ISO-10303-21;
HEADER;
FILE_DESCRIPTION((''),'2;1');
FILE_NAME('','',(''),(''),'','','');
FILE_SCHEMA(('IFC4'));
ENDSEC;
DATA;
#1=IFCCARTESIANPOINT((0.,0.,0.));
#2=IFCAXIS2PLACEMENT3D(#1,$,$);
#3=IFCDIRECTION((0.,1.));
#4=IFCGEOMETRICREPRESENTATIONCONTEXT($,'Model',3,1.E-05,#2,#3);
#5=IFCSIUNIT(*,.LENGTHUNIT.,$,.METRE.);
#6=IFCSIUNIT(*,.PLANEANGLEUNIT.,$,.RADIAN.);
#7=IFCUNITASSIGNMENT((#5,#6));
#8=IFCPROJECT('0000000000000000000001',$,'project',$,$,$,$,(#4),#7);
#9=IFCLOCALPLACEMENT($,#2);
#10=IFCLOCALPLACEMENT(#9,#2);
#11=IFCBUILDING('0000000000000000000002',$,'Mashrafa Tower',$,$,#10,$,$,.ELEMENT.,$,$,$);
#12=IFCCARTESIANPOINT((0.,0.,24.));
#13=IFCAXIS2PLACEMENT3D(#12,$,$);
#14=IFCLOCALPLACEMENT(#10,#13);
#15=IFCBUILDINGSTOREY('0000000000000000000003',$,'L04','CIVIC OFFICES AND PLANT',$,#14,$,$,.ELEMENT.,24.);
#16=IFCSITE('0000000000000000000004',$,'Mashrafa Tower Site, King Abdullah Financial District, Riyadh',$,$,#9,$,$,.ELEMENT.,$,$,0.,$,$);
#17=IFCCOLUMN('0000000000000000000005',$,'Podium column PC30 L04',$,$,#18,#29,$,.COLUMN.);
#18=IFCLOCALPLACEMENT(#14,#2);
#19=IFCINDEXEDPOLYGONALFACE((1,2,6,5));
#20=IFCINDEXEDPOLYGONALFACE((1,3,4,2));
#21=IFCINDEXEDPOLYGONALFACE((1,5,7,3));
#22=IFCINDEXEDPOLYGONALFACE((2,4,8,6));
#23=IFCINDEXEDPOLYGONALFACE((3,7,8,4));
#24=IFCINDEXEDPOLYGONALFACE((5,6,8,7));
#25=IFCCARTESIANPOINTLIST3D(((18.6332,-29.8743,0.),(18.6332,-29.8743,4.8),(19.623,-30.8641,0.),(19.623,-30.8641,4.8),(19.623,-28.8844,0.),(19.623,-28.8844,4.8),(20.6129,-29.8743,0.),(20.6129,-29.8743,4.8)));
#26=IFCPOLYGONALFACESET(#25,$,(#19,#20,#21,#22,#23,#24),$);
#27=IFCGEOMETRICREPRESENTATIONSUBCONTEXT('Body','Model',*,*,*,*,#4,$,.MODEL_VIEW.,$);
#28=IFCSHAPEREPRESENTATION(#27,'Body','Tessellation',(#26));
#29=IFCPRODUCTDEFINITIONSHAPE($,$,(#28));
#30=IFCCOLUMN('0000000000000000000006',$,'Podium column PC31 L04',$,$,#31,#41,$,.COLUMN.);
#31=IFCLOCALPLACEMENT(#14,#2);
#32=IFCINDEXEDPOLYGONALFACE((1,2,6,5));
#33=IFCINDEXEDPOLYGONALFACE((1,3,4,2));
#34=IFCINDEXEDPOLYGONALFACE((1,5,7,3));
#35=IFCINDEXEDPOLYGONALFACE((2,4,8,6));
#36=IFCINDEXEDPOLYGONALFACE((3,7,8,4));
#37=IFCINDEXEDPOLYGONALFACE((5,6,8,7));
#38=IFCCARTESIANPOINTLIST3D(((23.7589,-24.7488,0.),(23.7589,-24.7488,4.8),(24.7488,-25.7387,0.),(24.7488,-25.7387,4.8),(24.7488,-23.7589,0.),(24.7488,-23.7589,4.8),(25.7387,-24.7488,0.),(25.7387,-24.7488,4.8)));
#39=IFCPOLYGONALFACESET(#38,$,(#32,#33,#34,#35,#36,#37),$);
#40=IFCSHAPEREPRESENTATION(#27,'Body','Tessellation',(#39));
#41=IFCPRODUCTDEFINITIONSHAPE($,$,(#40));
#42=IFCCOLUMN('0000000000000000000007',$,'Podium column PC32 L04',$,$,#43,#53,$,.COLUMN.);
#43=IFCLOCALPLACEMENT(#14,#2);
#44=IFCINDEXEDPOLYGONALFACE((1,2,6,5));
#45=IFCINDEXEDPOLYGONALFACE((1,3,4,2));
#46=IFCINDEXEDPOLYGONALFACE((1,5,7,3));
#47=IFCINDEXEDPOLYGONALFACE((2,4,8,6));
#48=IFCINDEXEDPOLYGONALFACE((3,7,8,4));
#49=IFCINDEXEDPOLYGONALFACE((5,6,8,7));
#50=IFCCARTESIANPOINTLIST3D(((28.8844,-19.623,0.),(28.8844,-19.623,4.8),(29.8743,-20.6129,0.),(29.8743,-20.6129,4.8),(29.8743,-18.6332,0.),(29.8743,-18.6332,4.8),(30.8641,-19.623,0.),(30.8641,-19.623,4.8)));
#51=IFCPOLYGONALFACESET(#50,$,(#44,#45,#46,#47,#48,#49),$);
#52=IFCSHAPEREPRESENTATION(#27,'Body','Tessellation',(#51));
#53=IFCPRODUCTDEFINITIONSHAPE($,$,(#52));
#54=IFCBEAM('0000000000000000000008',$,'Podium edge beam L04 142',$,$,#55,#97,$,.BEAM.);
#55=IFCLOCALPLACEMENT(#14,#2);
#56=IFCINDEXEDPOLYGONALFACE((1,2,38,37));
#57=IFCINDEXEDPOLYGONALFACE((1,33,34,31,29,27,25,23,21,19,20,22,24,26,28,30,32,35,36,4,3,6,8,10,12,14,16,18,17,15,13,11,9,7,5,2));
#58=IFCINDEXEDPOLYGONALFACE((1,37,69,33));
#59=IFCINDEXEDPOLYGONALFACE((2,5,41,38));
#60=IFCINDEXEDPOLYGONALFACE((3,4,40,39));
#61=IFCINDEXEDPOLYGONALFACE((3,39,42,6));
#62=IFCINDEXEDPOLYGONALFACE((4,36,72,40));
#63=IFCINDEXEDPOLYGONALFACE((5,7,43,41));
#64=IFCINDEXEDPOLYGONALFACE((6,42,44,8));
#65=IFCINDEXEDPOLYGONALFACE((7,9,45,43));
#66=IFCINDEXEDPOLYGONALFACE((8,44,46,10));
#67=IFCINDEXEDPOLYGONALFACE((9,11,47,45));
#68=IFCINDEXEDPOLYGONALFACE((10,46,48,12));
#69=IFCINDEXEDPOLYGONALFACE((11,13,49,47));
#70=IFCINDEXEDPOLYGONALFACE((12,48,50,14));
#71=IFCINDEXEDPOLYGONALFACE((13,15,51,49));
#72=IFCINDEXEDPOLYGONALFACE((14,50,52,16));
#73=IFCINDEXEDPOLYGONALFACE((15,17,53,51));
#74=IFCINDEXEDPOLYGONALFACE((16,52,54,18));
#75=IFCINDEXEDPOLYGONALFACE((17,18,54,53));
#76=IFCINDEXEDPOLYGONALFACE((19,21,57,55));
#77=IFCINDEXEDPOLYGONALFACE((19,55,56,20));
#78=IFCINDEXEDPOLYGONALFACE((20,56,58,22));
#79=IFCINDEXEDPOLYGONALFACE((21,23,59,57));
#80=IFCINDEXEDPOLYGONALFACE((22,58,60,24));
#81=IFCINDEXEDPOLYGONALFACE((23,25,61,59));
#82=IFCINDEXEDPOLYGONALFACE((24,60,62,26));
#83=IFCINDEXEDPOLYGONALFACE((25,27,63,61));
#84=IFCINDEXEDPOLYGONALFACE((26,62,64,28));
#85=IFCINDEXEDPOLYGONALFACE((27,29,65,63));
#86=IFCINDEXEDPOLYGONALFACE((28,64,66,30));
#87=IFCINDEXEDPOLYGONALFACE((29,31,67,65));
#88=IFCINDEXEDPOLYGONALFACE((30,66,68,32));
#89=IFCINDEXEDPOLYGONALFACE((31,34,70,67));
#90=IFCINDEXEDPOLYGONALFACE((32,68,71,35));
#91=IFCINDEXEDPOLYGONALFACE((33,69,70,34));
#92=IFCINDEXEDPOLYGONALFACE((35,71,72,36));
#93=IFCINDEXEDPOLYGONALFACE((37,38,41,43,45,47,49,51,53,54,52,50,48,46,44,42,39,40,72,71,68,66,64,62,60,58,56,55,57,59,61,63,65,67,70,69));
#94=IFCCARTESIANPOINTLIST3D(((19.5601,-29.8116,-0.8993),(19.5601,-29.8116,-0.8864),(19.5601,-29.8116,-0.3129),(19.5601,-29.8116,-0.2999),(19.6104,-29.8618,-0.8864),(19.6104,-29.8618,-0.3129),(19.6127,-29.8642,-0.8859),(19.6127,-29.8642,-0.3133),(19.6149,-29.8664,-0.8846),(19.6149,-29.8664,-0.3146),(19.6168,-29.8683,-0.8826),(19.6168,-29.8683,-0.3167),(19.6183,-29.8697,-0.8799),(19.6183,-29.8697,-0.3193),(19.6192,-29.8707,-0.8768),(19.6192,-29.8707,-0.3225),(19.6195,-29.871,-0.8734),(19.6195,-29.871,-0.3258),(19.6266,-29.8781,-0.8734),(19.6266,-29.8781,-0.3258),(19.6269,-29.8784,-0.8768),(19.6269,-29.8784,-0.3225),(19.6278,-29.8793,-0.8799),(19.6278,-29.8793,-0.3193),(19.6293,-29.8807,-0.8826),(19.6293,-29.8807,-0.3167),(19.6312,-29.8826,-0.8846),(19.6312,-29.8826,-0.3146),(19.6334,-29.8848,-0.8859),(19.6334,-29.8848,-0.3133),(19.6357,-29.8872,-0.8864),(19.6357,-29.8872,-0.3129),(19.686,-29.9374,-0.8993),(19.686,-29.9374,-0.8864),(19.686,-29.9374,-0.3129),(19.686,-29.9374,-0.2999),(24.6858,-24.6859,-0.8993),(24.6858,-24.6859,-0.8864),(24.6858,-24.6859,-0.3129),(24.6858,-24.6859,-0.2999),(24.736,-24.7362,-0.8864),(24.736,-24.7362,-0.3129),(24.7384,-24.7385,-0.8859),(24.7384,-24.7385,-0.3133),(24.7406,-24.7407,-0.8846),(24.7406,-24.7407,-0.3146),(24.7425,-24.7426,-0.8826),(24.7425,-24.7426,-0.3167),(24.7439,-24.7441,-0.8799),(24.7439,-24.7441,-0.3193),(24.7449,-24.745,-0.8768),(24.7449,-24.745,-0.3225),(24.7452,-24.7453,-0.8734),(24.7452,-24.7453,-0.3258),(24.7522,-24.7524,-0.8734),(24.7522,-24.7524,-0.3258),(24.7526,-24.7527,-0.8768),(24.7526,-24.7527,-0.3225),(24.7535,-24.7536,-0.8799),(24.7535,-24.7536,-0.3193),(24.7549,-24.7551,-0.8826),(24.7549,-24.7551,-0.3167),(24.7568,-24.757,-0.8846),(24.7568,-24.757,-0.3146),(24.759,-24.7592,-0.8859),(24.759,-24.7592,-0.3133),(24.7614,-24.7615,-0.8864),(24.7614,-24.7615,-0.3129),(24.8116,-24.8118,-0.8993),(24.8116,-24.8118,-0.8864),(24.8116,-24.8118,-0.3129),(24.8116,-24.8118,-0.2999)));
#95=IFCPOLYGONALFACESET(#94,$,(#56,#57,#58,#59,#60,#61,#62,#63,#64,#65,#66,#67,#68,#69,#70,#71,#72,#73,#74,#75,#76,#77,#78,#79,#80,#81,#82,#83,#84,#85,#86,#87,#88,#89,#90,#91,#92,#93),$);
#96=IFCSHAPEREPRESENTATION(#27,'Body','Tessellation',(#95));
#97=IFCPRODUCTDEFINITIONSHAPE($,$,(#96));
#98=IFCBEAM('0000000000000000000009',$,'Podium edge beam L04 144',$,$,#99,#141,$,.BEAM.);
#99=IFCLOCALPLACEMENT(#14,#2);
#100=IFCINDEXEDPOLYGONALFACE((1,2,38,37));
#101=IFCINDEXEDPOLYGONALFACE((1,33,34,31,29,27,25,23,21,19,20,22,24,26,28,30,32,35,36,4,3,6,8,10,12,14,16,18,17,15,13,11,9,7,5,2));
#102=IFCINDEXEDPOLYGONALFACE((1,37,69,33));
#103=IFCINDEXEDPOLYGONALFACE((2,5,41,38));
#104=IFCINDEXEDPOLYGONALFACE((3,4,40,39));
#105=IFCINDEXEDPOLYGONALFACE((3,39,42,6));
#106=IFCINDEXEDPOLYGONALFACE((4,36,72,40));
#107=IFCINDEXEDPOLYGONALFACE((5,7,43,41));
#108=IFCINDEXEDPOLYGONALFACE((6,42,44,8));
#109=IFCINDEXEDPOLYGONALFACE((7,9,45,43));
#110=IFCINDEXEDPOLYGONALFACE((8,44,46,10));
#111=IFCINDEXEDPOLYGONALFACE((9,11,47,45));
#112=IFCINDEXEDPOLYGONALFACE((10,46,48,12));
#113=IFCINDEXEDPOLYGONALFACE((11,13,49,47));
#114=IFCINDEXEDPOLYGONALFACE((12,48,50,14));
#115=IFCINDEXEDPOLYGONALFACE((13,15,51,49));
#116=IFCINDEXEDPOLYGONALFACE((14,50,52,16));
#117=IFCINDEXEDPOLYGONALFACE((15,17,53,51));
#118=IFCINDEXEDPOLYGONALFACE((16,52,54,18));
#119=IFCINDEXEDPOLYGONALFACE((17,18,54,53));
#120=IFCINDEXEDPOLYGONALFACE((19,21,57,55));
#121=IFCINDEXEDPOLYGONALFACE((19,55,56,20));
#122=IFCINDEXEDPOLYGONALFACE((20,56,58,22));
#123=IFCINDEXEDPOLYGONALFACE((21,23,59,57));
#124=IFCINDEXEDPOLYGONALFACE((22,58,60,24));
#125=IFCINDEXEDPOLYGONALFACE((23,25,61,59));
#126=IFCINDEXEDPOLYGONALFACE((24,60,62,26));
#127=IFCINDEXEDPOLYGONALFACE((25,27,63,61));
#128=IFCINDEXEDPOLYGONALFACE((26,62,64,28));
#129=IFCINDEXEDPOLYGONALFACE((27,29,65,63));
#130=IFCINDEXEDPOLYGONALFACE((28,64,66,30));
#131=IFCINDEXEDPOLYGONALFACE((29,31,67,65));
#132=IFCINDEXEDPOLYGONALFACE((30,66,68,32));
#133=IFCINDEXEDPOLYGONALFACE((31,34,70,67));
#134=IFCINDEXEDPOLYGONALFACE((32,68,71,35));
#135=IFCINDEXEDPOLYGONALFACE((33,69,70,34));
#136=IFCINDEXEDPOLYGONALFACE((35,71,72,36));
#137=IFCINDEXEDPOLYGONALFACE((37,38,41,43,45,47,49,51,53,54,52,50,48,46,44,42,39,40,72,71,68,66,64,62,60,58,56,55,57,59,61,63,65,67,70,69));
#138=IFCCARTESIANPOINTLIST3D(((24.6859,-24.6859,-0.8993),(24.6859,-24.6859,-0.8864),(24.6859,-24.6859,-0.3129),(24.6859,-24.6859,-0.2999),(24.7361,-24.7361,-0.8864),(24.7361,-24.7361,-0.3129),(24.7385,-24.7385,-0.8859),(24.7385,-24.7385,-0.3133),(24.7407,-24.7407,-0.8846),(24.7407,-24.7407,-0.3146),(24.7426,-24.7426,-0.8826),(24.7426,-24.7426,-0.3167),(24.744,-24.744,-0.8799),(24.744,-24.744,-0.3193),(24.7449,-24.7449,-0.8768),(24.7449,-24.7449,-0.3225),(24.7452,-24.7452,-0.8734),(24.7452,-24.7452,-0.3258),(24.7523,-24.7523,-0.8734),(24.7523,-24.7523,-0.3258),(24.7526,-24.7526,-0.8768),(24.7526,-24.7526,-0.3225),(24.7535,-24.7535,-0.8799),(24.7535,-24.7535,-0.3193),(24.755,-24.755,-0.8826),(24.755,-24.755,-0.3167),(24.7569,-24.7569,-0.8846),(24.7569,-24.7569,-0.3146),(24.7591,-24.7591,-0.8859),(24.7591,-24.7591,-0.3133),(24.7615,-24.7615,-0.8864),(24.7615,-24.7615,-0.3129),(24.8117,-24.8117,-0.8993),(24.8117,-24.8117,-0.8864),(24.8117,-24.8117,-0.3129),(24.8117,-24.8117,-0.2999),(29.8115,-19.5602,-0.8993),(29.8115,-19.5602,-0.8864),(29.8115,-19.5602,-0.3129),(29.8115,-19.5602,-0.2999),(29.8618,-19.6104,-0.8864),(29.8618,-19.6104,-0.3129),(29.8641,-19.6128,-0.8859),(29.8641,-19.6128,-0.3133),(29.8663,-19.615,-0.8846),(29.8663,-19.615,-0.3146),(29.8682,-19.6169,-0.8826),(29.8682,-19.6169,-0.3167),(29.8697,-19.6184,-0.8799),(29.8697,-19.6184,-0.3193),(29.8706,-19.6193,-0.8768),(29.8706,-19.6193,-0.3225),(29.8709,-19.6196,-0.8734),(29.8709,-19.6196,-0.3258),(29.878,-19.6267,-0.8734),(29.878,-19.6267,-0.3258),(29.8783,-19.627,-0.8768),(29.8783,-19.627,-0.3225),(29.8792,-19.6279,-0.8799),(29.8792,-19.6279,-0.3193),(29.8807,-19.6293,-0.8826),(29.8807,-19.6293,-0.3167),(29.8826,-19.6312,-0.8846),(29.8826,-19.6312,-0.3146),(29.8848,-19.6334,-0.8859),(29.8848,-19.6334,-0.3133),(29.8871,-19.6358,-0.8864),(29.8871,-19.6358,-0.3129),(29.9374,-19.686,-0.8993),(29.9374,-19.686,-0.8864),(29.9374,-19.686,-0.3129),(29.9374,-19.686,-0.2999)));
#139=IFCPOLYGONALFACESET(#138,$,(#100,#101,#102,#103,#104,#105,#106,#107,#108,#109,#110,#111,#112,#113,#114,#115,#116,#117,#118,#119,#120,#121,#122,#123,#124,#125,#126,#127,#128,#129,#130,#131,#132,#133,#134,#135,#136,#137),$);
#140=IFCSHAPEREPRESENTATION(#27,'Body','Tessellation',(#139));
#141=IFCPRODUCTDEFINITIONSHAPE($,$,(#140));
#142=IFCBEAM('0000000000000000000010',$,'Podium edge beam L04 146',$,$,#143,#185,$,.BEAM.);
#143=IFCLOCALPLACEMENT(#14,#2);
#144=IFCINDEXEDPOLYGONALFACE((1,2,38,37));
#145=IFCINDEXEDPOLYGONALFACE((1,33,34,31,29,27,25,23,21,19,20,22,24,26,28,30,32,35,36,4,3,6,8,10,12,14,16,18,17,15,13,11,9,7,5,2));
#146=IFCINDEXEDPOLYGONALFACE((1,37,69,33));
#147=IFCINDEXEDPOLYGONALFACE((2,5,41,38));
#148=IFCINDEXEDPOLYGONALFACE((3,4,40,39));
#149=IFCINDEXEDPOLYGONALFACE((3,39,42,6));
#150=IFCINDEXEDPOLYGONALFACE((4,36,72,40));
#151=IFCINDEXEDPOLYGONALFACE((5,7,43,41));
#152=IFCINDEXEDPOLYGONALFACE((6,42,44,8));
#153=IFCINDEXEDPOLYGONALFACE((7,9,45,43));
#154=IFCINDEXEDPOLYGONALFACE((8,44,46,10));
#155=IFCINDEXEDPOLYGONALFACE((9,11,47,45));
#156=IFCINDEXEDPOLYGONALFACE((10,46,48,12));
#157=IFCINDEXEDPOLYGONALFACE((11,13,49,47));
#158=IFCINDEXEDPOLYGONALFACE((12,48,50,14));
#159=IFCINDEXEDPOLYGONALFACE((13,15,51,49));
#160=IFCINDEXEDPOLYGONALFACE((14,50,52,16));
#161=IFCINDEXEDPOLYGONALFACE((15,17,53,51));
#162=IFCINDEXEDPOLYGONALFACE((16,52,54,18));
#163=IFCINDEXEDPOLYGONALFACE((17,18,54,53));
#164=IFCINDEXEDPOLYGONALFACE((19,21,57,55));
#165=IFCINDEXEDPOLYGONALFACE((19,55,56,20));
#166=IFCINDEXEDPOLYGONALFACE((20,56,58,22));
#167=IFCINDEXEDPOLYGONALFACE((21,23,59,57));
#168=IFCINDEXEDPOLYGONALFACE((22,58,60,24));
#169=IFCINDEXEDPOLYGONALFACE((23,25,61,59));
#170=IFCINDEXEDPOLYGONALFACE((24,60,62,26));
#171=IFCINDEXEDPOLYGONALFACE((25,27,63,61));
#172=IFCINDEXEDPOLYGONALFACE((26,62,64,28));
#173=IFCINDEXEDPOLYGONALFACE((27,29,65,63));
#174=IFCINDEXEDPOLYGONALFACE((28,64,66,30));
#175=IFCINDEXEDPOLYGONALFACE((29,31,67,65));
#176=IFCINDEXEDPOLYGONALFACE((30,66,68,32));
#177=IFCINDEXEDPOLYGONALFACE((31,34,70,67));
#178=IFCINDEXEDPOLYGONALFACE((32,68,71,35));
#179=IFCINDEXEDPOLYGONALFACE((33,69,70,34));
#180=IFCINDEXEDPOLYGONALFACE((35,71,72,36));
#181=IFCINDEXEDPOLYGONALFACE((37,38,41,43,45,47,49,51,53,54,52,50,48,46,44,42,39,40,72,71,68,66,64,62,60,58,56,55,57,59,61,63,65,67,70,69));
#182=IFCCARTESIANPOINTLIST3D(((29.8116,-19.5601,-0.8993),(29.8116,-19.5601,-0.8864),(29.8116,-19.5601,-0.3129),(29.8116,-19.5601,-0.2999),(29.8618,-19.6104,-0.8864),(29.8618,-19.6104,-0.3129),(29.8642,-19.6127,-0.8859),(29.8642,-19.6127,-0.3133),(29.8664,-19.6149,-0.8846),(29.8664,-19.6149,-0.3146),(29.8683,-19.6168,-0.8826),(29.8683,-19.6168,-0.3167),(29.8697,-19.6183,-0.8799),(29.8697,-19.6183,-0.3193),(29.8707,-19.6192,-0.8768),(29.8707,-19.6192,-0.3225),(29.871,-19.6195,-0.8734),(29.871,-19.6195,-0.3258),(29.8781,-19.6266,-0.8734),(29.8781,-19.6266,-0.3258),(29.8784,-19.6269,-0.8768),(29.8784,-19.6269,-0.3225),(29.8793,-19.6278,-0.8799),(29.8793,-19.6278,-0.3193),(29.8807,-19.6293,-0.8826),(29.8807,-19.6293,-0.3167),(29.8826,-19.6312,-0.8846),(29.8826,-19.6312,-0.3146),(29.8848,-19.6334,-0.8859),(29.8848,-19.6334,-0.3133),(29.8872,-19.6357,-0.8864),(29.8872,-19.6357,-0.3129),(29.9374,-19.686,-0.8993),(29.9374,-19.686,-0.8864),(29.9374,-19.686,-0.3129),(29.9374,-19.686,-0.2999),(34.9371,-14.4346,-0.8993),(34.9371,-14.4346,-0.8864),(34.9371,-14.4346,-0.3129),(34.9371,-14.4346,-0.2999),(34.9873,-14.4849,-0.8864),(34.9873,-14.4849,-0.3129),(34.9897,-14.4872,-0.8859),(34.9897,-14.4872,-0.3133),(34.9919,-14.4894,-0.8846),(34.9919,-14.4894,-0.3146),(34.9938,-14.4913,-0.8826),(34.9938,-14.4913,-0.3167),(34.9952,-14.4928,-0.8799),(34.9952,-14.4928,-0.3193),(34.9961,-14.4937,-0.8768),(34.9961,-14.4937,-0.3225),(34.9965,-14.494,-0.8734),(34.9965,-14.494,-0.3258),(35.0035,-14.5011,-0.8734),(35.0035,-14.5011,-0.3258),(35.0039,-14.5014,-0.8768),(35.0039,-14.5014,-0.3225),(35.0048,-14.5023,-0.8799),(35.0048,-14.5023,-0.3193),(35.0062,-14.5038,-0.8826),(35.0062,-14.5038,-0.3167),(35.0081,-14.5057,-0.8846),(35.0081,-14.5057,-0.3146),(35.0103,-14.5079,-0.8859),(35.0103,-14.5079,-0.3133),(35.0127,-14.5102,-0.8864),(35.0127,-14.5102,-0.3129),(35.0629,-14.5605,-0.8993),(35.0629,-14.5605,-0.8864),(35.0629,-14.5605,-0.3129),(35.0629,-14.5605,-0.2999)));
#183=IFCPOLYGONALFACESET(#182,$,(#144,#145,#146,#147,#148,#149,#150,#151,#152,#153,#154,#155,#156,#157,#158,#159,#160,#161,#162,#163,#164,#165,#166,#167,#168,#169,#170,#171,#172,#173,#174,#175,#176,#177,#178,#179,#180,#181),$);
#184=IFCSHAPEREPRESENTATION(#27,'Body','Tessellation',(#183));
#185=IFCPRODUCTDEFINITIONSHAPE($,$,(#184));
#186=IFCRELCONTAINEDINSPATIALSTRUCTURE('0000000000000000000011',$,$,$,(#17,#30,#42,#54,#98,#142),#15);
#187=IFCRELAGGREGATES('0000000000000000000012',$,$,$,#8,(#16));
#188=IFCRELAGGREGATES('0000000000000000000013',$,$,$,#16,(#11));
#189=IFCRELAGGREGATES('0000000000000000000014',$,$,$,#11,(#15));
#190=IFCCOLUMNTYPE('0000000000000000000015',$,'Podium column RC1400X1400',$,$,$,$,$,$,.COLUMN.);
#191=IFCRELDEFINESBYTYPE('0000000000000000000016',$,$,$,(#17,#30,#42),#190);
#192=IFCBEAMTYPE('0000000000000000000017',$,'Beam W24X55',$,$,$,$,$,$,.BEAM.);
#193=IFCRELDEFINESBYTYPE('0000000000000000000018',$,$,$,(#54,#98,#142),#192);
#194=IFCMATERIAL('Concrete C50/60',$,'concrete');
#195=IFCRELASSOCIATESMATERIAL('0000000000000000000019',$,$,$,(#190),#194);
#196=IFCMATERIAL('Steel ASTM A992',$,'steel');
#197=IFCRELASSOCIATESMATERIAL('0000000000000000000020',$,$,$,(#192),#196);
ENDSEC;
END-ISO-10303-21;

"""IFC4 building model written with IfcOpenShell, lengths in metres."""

from ifc_helpers import new_model, si_unit, direction, frame, origin, origin_2d, place, context, subcontext, project, spatial, rectangle, i_section, extrude, material, material_profile, profile_set, type_object, element, save


model = new_model("IFC4")

# Units and contexts
model_context = context("Model", 3, precision=1e-05, world=origin(), true_north=direction((0.0, 1.0)))
body_context = subcontext(model_context, "Body", "Model", "MODEL_VIEW")
ifc_project = project(units=[si_unit("LENGTHUNIT", "METRE"), si_unit("PLANEANGLEUNIT", "RADIAN")], contexts=[model_context])

# Site, building, storey
site_placement = place(None, origin())
site = spatial("IfcSite", under=ifc_project, at=site_placement, Name="Mashrafa Tower Site, King Abdullah Financial District, Riyadh", CompositionType="ELEMENT", RefElevation=0.0)
building_placement = place(site_placement, origin())
building = spatial("IfcBuilding", under=site, at=building_placement, Name="Mashrafa Tower", CompositionType="ELEMENT")
storey_placement = place(building_placement, frame((0.0, 0.0, 24.0)))
storey = spatial("IfcBuildingStorey", under=building, at=storey_placement, Name="L04", Description="CIVIC OFFICES AND PLANT", CompositionType="ELEMENT", Elevation=24.0)

# Columns
ifc_material_1 = material(Name="Concrete C50/60", Category="concrete")
ifc_material_profile_1 = material_profile(ifc_material_1, rectangle(XDim=1.3999, YDim=1.3999, at=origin_2d()), Name="RC1400X1400")
ifc_profile_set_1 = profile_set([ifc_material_profile_1], Name="Concrete C50/60")
column_type = type_object("IfcColumnType", Name="Podium column RC1400X1400", PredefinedType="COLUMN", material=ifc_profile_set_1)
for number, where, z_axis, x_axis, name in (
    (1, (19.623, -29.8743, 0.0), (0.0, 0.0, 1.0), (0.707107, 0.707107, 0.0), "Podium column PC30 L04"),
    (2, (24.7488, -24.7488, 0.0), (0.0, 0.0, 1.0), (0.707107, 0.707107, 0.0), "Podium column PC31 L04"),
    (3, (29.8743, -19.623, 0.0), (0.0, 0.0, 1.0), (0.707107, 0.707107, 0.0), "Podium column PC32 L04"),
):
    element("IfcColumn", number, at=place(storey_placement, frame(where, z_axis=z_axis, x_axis=x_axis)), inside=storey, type_object=column_type, Name=name, PredefinedType="COLUMN", context=body_context, shape_type="SweptSolid", body=[
        extrude(rectangle(XDim=1.3999, YDim=1.3999, at=origin_2d()), origin(), (0.0, 0.0, 1.0), 4.8),
    ])

# Beams
ifc_material_2 = material(Name="Steel ASTM A992", Category="steel")
ifc_material_profile_2 = material_profile(ifc_material_2, i_section(OverallWidth=0.178, OverallDepth=0.5994, WebThickness=0.01, FlangeThickness=0.0129, FilletRadius=0.0129, at=origin_2d()), Name="W24X55")
ifc_profile_set_2 = profile_set([ifc_material_profile_2], Name="Steel ASTM A992")
beam_type_1 = type_object("IfcBeamType", Name="Beam W24X55", PredefinedType="BEAM", material=ifc_profile_set_2)
for number, where, z_axis, x_axis, name in (
    (4, (19.623, -29.8745, -0.5996), (0.707107, 0.707107, 0.0), (-0.707107, 0.707107, 0.0), "Podium edge beam L04 142"),
    (5, (24.7488, -24.7488, -0.5996), (0.707107, 0.707107, 0.0), (-0.707107, 0.707107, 0.0), "Podium edge beam L04 144"),
):
    element("IfcBeam", number, at=place(storey_placement, frame(where, z_axis=z_axis, x_axis=x_axis)), inside=storey, type_object=beam_type_1, Name=name, PredefinedType="BEAM", context=body_context, shape_type="SweptSolid", body=[
        extrude(i_section(OverallWidth=0.178, OverallDepth=0.5994, WebThickness=0.01, FlangeThickness=0.0129, FilletRadius=0.0129, at=origin_2d()), origin(), (0.0, 0.0, 1.0), 7.2488),
    ])
beam_1_placement = place(storey_placement, frame((29.8745, -19.623, -0.5996), z_axis=(0.707107, 0.707107, 0.0), x_axis=(-0.707107, 0.707107, 0.0)))
element("IfcBeam", 6, at=beam_1_placement, inside=storey, type_object=beam_type_1, Name="Podium edge beam L04 146", PredefinedType="BEAM", context=body_context, shape_type="SweptSolid", body=[
    extrude(i_section(OverallWidth=0.178, OverallDepth=0.5994, WebThickness=0.01, FlangeThickness=0.0129, FilletRadius=0.0129, at=origin_2d()), origin(), (0.0, 0.0, 1.0), 7.2485),
])

save(model, "model.ifc")
